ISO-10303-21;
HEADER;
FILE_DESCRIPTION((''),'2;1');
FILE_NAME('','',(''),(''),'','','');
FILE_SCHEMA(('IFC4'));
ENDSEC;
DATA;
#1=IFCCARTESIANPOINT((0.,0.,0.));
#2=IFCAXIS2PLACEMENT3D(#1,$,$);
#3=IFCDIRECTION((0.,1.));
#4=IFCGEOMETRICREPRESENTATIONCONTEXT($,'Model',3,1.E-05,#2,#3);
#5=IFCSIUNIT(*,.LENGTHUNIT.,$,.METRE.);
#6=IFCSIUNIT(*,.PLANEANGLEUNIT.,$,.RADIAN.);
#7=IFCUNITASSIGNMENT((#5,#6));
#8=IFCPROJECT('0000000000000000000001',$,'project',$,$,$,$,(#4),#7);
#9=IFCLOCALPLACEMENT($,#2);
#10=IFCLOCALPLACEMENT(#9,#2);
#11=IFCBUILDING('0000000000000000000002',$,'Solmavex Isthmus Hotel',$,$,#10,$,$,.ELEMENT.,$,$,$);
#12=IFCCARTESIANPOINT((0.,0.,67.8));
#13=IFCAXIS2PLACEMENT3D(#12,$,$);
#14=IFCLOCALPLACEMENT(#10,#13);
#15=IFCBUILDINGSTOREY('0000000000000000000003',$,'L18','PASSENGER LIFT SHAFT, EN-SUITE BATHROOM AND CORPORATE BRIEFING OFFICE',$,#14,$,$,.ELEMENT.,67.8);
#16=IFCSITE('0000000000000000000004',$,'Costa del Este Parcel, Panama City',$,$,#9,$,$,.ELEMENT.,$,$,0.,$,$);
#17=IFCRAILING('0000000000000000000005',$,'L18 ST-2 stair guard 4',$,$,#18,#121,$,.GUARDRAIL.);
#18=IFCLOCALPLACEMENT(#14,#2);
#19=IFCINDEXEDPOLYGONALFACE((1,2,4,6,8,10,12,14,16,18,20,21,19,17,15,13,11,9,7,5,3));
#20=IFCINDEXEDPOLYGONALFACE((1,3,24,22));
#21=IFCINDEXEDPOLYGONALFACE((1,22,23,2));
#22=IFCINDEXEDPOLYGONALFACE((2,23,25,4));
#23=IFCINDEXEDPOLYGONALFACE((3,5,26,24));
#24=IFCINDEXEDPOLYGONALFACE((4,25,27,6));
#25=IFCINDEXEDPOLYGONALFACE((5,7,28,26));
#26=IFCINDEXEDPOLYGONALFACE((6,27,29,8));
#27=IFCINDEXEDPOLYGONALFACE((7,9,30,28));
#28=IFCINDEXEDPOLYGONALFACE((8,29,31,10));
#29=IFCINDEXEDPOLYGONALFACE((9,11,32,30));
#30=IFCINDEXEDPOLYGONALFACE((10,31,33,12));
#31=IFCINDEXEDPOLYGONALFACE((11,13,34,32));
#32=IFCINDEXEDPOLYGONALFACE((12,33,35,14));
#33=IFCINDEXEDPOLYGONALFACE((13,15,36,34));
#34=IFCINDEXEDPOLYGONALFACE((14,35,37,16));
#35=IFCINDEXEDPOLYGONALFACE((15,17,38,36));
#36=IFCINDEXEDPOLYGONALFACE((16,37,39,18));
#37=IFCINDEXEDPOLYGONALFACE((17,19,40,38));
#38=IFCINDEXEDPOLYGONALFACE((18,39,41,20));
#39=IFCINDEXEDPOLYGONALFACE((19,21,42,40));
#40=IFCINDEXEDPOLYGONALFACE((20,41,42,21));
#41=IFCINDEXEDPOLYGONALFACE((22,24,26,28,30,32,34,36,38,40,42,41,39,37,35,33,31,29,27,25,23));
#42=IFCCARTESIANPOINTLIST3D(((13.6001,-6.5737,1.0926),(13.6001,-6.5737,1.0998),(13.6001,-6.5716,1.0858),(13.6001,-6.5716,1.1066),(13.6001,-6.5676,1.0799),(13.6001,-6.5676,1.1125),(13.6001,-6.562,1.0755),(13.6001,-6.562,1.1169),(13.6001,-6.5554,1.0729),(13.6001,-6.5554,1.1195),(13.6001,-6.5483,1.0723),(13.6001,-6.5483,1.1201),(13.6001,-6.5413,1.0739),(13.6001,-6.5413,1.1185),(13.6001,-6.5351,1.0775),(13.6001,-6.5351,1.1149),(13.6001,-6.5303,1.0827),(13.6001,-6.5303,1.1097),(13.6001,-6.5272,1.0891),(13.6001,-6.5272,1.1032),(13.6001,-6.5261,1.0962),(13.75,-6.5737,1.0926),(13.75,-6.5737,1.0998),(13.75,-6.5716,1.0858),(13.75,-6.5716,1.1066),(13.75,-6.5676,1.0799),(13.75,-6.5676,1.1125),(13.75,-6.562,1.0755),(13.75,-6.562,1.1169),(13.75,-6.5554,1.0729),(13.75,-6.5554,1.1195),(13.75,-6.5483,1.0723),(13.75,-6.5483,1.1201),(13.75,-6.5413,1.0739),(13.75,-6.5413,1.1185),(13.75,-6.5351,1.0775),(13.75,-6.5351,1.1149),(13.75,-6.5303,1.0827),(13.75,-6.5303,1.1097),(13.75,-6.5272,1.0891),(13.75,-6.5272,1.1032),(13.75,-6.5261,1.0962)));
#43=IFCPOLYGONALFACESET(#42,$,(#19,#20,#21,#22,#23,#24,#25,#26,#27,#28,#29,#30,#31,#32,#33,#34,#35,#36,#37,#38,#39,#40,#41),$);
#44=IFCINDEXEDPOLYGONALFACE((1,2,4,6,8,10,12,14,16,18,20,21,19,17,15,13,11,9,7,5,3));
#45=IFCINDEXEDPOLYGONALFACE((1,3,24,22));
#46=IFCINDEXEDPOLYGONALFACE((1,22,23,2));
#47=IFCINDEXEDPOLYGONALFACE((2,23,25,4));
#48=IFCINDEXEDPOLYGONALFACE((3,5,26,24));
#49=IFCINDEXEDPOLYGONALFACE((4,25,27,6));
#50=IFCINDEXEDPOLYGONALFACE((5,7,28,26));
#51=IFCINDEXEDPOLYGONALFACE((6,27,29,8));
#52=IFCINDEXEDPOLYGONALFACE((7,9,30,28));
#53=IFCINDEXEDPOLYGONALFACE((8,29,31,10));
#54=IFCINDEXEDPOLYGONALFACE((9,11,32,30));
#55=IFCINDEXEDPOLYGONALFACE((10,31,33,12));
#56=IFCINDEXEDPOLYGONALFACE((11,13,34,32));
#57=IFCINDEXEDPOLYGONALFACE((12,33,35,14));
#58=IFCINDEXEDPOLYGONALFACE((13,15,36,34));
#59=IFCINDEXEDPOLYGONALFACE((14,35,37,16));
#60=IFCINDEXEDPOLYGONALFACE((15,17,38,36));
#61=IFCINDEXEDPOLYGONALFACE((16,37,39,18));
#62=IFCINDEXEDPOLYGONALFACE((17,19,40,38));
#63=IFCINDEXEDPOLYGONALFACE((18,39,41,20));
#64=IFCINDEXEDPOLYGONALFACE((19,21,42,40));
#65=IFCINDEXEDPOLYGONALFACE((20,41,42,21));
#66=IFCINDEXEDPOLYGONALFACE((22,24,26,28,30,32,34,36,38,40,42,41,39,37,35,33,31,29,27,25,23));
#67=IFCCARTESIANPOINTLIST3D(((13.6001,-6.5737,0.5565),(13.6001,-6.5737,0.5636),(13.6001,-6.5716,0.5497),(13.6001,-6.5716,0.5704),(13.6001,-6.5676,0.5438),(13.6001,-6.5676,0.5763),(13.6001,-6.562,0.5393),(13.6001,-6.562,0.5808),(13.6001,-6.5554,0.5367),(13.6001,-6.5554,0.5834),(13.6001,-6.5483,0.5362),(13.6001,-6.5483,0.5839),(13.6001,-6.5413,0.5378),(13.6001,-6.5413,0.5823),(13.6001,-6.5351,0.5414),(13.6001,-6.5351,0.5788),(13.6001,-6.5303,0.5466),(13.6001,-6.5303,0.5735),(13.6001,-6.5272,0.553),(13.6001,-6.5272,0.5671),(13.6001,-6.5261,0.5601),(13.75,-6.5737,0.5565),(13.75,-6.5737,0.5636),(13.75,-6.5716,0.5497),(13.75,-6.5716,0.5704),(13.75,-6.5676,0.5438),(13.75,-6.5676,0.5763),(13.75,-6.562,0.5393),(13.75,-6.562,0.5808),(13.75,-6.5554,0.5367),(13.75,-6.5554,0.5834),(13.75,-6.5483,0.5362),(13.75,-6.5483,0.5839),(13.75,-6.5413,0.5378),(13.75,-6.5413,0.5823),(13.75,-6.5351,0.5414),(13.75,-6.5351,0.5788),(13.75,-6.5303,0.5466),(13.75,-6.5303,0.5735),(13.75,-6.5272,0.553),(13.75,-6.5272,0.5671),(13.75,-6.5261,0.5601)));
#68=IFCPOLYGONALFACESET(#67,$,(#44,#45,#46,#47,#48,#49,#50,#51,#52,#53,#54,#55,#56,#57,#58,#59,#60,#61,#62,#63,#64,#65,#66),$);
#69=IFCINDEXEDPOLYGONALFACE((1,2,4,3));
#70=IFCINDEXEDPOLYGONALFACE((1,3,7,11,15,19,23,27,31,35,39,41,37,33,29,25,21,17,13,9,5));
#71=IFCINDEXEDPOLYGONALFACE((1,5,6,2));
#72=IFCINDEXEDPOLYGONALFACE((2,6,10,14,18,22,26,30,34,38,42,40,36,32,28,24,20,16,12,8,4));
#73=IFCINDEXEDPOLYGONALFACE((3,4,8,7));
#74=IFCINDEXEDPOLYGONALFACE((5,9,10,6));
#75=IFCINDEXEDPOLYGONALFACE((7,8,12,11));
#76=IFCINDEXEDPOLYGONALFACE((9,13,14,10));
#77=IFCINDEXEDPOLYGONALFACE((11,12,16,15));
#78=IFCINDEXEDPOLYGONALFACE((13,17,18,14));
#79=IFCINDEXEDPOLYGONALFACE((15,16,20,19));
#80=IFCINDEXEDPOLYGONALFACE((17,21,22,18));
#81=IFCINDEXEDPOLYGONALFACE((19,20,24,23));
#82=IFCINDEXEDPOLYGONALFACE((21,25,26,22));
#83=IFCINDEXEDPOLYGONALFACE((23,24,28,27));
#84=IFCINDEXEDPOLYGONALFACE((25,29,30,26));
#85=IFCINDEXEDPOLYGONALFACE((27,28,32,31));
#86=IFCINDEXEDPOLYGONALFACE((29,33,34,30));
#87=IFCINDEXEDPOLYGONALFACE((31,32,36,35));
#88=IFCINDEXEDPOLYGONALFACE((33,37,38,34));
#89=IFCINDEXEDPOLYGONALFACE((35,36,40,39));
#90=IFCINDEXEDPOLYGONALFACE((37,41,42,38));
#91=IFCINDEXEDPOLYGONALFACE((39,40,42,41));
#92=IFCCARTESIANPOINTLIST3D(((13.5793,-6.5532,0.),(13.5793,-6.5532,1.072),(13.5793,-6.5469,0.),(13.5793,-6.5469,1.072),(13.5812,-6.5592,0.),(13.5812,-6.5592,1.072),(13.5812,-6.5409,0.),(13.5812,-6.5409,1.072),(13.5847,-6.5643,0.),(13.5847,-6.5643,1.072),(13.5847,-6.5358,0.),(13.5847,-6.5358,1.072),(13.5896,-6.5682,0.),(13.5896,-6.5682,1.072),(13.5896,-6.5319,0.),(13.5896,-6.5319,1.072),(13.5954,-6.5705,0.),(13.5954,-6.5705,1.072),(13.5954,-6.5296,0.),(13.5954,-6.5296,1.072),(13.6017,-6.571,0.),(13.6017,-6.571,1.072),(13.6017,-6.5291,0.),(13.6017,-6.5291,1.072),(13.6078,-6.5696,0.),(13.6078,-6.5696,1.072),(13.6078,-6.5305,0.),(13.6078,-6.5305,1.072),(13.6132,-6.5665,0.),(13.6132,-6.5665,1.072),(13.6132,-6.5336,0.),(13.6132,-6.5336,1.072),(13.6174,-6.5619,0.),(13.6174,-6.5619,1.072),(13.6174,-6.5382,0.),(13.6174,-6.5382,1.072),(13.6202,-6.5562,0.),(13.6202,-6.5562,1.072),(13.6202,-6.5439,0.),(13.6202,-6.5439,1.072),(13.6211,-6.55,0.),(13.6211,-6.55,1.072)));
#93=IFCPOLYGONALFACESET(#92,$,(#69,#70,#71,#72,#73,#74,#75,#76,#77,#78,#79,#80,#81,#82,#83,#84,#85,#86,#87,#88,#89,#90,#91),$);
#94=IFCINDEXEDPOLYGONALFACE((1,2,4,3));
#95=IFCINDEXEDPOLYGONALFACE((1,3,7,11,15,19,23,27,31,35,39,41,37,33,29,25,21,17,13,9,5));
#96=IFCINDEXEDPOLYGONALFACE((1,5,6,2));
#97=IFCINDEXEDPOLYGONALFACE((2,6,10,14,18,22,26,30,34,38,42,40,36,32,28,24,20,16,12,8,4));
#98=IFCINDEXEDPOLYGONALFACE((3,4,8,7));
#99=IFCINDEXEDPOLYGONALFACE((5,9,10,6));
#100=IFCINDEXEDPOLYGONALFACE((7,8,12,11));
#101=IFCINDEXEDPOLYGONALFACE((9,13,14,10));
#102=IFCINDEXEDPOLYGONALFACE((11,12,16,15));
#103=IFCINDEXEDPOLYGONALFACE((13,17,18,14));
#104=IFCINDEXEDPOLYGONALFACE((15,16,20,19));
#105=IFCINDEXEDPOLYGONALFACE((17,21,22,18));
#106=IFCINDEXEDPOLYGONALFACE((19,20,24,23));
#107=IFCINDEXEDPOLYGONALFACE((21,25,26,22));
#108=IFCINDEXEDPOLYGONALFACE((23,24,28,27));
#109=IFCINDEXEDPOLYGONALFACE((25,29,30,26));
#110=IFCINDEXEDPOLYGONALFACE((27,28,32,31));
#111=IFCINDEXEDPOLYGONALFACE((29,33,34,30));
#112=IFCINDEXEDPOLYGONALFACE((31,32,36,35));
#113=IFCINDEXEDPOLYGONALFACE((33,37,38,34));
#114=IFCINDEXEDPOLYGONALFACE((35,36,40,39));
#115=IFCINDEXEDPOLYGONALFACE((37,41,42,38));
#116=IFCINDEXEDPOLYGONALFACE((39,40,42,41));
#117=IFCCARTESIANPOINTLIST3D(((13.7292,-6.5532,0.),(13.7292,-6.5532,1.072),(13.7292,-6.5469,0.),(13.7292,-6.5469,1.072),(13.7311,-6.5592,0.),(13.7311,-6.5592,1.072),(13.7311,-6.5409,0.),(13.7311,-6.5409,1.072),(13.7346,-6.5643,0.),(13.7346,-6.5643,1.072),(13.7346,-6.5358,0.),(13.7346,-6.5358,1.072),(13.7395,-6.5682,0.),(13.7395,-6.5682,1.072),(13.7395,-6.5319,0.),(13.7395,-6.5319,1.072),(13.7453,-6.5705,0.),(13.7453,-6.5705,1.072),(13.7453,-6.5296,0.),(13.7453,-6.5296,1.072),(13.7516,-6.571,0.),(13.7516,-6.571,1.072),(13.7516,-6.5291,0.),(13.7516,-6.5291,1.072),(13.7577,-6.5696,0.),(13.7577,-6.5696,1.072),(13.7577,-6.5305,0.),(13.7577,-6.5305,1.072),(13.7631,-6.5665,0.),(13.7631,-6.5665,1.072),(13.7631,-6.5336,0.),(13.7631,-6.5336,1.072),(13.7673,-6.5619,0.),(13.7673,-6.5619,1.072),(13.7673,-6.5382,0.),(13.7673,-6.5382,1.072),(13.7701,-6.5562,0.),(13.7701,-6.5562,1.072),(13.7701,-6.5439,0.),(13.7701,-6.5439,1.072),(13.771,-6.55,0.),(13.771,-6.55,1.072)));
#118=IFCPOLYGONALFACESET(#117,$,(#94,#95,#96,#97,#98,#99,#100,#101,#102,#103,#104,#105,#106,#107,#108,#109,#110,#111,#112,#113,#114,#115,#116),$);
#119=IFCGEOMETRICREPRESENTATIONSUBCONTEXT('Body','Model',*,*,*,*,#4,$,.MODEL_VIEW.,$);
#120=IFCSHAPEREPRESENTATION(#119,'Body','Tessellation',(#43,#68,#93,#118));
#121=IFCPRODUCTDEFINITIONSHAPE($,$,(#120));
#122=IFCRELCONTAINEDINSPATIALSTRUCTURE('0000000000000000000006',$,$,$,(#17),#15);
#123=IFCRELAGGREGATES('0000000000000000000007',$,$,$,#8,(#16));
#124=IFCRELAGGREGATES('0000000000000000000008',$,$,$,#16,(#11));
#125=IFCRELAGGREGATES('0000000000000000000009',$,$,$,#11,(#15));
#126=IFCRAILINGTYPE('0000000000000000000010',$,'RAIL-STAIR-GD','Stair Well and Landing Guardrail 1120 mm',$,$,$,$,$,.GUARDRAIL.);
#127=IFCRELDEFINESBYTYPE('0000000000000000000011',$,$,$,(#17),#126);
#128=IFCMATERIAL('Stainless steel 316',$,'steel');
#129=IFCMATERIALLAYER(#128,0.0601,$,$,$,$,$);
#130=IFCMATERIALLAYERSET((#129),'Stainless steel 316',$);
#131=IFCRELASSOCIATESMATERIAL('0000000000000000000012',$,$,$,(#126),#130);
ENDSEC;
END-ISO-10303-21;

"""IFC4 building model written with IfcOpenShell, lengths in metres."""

from ifc_helpers import new_model, si_unit, direction, frame, origin, origin_2d, place, context, subcontext, project, spatial, circle, extrude, material, layer, layer_set, type_object, element, save


model = new_model("IFC4")

# Units and contexts
model_context = context("Model", 3, precision=1e-05, world=origin(), true_north=direction((0.0, 1.0)))
body_context = subcontext(model_context, "Body", "Model", "MODEL_VIEW")
ifc_project = project(units=[si_unit("LENGTHUNIT", "METRE"), si_unit("PLANEANGLEUNIT", "RADIAN")], contexts=[model_context])

# Site, building, storey
site_placement = place(None, origin())
site = spatial("IfcSite", under=ifc_project, at=site_placement, Name="Costa del Este Parcel, Panama City", CompositionType="ELEMENT", RefElevation=0.0)
building_placement = place(site_placement, origin())
building = spatial("IfcBuilding", under=site, at=building_placement, Name="Solmavex Isthmus Hotel", CompositionType="ELEMENT")
storey_placement = place(building_placement, frame((0.0, 0.0, 67.8)))
storey = spatial("IfcBuildingStorey", under=building, at=storey_placement, Name="L18", Description="PASSENGER LIFT SHAFT, EN-SUITE BATHROOM AND CORPORATE BRIEFING OFFICE", CompositionType="ELEMENT", Elevation=67.8)

# Railing
ifc_material_1 = material(Name="Stainless steel 316", Category="steel")
ifc_layer_1 = layer(ifc_material_1, 0.0601)
ifc_layer_set_1 = layer_set([ifc_layer_1], Name="Stainless steel 316")
railing_type_1 = type_object("IfcRailingType", Name="RAIL-STAIR-GD", Description="Stair Well and Landing Guardrail 1120 mm", PredefinedType="GUARDRAIL", material=ifc_layer_set_1)
railing_1_placement = place(storey_placement, frame((13.6001, -6.55, 0.0)))
element("IfcRailing", 1, at=railing_1_placement, inside=storey, type_object=railing_type_1, Name="L18 ST-2 stair guard 4", PredefinedType="GUARDRAIL", context=body_context, shape_type="SweptSolid", body=[
    extrude(circle(Radius=0.0239, at=origin_2d()), frame((0.0, 0.0, 1.0962), z_axis=(1.0, 0.0, 0.0), x_axis=(0.0, 1.0, 0.0)), (0.0, 0.0, 1.0), 0.1499),
    extrude(circle(Radius=0.0239, at=origin_2d()), frame((0.0, 0.0, 0.5601), z_axis=(1.0, 0.0, 0.0), x_axis=(0.0, 1.0, 0.0)), (0.0, 0.0, 1.0), 0.1499),
    extrude(circle(Radius=0.021, at=origin_2d()), origin(), (0.0, 0.0, 1.0), 1.072),
    extrude(circle(Radius=0.021, at=origin_2d()), frame((0.1499, 0.0, 0.0)), (0.0, 0.0, 1.0), 1.072),
])

save(model, "model.ifc")
